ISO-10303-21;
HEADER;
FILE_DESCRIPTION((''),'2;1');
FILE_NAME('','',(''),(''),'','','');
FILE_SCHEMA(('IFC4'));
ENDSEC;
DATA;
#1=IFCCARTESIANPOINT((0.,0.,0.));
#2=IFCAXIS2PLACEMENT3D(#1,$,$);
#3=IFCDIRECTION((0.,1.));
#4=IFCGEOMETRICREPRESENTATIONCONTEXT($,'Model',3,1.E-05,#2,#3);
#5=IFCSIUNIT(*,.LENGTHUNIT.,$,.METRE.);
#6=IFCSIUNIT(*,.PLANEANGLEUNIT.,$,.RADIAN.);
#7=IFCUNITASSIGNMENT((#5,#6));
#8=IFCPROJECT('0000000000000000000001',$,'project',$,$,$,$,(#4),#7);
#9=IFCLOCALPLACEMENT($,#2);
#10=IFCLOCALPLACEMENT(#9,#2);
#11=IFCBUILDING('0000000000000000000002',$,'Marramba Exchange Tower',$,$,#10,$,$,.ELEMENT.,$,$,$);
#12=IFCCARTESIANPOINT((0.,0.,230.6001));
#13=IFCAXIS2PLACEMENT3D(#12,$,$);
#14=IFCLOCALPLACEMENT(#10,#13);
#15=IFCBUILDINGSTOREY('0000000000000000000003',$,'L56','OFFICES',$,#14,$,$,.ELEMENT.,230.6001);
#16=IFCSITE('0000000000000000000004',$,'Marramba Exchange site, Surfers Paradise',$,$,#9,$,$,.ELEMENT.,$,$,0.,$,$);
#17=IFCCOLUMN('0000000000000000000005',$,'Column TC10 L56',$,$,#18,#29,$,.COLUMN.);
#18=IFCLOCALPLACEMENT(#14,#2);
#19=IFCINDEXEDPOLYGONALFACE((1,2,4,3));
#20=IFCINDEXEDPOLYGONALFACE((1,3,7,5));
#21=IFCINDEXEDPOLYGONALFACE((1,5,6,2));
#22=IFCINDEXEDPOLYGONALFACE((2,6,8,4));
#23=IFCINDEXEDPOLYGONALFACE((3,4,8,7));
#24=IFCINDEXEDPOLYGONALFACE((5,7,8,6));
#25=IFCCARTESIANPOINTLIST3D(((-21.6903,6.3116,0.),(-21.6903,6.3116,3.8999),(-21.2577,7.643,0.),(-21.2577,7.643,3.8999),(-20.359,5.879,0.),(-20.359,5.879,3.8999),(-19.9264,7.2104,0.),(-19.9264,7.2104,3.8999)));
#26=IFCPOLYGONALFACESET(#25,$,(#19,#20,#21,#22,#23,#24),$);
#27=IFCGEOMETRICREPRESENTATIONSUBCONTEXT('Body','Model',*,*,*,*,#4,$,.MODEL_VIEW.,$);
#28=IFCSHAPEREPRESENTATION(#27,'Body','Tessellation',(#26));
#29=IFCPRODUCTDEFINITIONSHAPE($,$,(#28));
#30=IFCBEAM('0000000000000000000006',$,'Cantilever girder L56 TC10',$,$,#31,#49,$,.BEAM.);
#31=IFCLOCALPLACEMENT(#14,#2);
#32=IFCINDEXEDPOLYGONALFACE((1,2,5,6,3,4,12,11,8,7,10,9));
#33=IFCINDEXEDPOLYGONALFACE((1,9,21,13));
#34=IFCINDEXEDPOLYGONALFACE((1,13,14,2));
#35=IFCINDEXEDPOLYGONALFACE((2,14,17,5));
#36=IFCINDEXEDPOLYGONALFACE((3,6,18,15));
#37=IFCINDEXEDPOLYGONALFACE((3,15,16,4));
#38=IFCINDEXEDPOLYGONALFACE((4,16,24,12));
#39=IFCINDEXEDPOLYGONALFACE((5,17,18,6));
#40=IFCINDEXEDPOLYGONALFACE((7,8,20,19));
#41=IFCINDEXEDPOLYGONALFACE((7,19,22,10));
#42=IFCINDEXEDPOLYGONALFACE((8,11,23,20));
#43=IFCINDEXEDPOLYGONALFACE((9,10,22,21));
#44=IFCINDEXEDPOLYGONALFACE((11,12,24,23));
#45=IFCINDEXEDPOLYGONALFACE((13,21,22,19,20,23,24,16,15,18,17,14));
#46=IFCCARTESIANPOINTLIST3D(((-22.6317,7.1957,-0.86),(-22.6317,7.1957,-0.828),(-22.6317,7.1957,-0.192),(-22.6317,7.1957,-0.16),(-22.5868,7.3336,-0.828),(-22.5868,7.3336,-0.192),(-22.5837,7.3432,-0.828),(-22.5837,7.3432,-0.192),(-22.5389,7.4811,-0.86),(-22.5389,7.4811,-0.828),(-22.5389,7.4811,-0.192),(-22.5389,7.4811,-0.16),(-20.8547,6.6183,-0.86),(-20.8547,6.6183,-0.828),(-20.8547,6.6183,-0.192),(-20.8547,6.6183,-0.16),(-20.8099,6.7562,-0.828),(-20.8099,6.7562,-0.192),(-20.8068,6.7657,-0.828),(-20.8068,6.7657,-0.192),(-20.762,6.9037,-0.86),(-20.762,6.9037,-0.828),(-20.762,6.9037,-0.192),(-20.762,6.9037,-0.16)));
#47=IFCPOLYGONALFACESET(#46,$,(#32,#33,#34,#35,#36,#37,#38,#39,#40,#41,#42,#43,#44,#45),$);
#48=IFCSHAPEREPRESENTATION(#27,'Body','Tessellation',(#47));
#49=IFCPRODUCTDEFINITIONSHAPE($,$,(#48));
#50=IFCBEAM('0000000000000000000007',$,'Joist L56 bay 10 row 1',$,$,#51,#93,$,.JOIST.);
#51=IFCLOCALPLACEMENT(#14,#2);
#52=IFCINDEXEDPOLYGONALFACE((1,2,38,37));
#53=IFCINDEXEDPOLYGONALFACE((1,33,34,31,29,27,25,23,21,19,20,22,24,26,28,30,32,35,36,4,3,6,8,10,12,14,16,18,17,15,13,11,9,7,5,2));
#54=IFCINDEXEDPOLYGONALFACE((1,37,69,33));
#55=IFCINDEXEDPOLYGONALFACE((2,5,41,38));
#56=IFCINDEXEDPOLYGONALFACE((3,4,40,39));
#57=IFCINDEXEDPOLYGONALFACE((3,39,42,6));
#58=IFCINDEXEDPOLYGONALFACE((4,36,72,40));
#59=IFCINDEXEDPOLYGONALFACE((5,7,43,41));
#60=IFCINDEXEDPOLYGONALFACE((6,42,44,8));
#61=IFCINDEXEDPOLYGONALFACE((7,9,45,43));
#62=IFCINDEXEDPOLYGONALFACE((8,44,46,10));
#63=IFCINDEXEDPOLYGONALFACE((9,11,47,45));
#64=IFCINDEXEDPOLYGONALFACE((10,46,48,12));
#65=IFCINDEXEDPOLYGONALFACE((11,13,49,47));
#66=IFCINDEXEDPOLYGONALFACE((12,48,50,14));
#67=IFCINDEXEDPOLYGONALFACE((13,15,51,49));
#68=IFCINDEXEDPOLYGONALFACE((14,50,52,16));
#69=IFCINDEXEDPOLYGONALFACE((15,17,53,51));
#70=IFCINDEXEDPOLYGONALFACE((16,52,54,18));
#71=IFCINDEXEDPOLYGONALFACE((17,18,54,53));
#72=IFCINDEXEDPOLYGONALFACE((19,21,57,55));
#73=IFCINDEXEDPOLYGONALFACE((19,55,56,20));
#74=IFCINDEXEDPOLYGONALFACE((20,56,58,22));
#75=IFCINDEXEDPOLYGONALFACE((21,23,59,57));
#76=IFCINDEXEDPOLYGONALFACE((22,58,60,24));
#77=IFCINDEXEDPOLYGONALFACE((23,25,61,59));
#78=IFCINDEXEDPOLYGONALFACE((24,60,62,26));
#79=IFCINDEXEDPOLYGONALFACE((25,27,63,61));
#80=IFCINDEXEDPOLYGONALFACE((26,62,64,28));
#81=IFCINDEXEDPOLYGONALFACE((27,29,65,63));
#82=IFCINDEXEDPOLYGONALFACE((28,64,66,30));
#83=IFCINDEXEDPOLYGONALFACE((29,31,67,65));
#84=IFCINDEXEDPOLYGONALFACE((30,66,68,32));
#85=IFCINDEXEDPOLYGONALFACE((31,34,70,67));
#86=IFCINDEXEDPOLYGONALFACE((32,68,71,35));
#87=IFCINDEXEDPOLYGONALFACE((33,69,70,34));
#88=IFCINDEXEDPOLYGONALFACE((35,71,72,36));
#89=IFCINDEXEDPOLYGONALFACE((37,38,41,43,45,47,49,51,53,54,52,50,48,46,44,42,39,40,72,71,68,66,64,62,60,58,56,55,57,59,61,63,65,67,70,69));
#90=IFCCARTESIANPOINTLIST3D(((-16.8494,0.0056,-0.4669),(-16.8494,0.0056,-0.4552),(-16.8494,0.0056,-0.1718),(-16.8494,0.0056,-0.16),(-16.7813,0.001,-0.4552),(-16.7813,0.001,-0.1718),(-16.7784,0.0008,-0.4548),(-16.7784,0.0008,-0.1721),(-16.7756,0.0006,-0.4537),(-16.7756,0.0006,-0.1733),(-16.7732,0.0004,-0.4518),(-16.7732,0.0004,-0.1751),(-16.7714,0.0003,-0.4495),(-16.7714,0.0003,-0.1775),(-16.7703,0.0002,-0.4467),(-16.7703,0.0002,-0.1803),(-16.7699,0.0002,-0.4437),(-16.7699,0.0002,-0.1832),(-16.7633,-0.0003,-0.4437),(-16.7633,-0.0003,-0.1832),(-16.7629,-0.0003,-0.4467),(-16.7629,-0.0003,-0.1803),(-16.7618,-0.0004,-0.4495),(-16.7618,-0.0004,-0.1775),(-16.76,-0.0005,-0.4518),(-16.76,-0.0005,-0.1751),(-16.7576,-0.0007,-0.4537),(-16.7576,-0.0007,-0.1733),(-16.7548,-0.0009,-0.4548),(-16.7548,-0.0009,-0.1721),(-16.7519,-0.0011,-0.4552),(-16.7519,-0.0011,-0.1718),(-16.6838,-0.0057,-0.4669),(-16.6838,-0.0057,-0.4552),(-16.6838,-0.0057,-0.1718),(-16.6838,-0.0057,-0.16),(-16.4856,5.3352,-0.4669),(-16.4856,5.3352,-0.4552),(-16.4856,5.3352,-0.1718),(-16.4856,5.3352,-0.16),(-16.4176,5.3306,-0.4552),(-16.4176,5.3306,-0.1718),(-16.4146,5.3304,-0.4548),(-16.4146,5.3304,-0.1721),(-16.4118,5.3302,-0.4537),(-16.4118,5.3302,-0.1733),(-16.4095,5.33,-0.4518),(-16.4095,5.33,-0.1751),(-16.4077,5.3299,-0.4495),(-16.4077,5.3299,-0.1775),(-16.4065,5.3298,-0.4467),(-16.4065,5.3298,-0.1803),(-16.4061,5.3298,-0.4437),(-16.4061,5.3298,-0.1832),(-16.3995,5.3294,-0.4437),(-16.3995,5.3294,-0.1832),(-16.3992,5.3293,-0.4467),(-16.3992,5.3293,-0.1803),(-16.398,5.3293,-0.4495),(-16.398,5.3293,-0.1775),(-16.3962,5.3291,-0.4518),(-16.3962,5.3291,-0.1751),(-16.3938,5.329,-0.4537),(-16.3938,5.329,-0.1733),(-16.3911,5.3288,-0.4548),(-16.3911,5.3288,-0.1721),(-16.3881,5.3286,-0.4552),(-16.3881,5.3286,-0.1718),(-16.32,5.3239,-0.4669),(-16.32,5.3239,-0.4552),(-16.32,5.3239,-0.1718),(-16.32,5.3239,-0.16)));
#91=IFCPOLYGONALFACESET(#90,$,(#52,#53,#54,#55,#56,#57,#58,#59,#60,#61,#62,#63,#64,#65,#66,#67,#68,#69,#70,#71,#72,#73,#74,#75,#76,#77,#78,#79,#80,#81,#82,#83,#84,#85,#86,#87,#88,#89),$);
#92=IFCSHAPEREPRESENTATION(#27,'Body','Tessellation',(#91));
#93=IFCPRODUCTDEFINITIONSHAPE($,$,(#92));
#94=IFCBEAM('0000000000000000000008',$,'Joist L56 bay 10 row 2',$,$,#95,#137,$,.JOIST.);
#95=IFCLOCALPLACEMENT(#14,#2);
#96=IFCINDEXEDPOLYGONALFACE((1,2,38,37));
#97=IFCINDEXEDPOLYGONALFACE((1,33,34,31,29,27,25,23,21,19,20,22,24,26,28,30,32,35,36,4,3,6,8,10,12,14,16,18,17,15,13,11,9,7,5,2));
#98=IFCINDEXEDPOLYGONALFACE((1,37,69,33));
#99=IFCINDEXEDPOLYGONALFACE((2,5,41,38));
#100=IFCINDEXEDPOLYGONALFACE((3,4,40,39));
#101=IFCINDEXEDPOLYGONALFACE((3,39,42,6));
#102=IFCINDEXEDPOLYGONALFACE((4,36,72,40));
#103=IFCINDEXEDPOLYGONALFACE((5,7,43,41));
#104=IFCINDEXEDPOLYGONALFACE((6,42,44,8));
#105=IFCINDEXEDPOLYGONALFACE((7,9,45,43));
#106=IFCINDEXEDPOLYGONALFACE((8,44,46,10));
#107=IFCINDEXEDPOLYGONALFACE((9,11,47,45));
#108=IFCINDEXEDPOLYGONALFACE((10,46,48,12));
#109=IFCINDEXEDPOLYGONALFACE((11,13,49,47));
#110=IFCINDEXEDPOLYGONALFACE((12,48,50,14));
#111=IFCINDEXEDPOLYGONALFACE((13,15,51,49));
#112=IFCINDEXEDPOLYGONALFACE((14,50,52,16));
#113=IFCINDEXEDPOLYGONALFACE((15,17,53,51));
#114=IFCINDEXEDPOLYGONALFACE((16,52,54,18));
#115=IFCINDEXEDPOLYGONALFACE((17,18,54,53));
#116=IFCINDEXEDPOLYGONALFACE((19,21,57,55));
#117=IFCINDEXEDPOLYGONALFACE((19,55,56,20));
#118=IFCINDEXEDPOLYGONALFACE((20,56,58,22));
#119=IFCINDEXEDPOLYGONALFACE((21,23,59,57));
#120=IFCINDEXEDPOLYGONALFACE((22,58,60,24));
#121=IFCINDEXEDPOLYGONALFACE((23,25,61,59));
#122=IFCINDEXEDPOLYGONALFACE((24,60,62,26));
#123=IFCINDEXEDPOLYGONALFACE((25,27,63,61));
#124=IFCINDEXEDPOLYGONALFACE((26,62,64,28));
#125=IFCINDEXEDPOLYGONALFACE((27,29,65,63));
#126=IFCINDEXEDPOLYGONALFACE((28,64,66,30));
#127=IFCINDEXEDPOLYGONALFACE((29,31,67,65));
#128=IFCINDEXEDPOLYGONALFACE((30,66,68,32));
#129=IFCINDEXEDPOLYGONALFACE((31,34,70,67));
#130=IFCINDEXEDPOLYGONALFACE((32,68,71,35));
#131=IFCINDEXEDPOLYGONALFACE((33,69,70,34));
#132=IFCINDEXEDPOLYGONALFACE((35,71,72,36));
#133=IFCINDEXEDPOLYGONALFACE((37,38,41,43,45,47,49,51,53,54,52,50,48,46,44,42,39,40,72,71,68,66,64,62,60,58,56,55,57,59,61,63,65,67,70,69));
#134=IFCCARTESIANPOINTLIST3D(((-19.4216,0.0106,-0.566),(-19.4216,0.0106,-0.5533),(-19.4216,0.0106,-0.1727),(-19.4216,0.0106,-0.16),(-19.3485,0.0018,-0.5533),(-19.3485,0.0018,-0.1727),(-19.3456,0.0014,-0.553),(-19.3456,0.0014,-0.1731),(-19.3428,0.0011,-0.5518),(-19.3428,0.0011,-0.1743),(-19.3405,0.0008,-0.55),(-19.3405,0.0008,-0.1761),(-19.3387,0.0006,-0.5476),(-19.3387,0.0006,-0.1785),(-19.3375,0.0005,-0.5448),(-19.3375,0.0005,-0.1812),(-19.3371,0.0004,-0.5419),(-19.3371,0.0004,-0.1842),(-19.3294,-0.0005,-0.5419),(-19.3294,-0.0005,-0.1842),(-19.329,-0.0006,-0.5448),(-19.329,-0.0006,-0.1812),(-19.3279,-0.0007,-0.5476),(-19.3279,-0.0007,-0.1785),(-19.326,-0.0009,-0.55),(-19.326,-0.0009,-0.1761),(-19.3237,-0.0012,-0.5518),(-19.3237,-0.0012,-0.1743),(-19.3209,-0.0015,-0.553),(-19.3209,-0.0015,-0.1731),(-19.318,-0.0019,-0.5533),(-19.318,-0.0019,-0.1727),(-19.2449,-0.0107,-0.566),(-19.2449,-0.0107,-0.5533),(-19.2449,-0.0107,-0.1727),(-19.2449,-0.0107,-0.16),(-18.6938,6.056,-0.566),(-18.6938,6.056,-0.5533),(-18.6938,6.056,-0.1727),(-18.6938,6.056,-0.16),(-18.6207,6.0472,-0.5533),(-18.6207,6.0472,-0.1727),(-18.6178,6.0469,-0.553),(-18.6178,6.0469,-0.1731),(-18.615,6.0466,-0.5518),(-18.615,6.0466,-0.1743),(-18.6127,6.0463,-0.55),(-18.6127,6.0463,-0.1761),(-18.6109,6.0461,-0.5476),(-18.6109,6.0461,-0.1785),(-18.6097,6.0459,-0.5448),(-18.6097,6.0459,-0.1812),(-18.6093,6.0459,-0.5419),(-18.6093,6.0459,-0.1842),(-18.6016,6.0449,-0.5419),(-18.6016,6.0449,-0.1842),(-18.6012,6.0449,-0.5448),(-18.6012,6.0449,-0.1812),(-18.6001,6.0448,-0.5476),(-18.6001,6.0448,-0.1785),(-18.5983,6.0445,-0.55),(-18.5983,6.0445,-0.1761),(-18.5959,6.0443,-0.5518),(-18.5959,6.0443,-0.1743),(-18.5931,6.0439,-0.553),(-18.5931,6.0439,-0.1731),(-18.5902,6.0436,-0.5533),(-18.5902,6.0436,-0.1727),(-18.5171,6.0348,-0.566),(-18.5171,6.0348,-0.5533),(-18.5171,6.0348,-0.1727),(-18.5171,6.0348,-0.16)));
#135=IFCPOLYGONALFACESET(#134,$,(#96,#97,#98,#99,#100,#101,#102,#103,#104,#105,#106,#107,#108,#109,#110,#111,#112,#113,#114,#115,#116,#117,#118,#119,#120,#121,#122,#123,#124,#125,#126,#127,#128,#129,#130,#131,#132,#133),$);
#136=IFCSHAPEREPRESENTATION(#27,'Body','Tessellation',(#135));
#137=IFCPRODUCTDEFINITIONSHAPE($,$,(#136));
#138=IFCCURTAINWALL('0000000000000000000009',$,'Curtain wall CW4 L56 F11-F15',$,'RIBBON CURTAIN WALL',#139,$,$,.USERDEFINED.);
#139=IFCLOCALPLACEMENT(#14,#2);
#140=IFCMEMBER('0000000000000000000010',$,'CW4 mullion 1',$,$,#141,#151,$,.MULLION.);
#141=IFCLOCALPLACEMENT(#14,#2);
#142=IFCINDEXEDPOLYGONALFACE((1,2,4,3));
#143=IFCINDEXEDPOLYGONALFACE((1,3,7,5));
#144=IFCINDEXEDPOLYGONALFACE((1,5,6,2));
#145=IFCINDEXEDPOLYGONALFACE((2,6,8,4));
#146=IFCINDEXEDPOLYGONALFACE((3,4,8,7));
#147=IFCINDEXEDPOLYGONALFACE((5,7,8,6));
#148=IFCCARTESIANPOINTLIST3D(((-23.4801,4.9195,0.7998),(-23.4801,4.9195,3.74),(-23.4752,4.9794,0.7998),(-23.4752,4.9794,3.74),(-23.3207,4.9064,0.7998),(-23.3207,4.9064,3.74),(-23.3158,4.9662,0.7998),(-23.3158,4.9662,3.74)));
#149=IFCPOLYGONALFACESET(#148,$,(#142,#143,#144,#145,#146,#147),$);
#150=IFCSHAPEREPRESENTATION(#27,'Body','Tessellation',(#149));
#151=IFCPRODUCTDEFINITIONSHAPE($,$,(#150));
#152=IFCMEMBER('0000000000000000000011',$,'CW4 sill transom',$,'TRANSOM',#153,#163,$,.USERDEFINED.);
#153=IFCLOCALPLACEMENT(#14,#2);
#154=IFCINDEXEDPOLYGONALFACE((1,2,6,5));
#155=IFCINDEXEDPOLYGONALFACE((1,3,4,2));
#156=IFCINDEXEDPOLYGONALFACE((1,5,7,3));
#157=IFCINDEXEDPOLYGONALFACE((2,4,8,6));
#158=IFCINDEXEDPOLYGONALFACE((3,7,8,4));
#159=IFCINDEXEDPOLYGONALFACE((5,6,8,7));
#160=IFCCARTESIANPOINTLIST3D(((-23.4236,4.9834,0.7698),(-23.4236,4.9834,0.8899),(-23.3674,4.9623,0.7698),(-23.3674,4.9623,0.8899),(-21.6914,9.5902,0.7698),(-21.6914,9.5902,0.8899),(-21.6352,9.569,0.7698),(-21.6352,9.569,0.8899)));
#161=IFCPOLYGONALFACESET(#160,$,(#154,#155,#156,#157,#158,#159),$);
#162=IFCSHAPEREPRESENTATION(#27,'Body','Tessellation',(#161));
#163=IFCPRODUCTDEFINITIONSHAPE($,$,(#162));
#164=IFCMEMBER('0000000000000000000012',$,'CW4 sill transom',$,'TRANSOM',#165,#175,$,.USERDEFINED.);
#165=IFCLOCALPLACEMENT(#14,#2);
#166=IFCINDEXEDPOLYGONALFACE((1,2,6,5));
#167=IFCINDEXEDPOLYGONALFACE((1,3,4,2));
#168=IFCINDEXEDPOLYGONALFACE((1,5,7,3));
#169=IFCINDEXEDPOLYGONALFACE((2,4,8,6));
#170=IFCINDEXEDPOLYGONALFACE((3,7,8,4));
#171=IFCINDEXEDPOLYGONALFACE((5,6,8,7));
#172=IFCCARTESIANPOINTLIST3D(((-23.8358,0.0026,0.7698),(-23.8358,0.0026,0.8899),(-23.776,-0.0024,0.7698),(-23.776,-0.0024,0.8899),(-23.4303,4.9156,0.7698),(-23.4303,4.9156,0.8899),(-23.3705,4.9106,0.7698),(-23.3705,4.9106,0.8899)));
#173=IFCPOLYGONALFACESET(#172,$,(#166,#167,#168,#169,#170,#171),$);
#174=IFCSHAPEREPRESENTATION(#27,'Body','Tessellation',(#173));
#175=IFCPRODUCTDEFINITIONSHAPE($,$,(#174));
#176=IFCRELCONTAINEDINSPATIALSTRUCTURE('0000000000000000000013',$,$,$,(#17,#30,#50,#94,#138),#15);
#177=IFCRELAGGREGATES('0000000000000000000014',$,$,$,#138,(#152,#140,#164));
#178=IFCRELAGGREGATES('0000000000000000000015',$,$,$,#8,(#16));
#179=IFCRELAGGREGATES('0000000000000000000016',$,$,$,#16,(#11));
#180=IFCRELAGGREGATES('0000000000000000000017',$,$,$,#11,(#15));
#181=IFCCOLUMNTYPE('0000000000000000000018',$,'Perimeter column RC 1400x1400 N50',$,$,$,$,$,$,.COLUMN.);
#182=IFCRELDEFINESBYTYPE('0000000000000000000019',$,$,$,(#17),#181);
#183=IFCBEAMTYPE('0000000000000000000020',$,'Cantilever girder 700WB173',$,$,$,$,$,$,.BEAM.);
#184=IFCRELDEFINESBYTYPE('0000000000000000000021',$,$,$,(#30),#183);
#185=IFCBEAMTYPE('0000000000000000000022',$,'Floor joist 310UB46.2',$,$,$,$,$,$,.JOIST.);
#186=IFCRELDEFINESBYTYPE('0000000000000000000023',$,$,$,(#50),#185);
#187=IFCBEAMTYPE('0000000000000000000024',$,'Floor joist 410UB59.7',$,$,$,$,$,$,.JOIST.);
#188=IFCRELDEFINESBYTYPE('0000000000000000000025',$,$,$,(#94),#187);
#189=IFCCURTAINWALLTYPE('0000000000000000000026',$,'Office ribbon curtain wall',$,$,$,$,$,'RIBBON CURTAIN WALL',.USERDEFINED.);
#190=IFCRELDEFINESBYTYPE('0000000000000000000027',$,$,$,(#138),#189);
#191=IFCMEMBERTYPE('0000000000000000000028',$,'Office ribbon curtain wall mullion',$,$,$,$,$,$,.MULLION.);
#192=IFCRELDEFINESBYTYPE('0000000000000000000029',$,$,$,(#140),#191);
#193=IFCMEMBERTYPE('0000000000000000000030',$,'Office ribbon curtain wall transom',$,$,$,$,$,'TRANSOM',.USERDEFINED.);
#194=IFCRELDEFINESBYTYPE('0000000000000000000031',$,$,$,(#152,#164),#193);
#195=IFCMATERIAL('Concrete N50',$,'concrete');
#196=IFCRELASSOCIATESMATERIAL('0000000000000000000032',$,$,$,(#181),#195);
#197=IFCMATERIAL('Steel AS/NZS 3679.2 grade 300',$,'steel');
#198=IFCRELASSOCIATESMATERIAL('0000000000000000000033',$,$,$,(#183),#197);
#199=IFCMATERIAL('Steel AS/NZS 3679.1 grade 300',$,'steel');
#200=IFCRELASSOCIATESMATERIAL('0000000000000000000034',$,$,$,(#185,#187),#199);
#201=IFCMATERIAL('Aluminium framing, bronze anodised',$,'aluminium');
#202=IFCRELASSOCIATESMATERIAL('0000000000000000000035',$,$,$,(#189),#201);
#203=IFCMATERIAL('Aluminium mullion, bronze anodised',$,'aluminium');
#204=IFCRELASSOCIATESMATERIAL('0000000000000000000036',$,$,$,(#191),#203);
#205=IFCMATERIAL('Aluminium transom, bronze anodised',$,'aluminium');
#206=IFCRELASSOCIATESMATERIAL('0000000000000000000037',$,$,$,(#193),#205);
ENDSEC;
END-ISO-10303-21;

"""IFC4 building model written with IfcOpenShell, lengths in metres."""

from ifc_helpers import new_model, si_unit, direction, frame, origin, origin_2d, place, context, subcontext, project, spatial, rectangle, i_section, extrude, material, material_profile, profile_set, type_object, element, aggregate, save


model = new_model("IFC4")

# Units and contexts
model_context = context("Model", 3, precision=1e-05, world=origin(), true_north=direction((0.0, 1.0)))
body_context = subcontext(model_context, "Body", "Model", "MODEL_VIEW")
ifc_project = project(units=[si_unit("LENGTHUNIT", "METRE"), si_unit("PLANEANGLEUNIT", "RADIAN")], contexts=[model_context])

# Site, building, storey
site_placement = place(None, origin())
site = spatial("IfcSite", under=ifc_project, at=site_placement, Name="Marramba Exchange site, Surfers Paradise", CompositionType="ELEMENT", RefElevation=0.0)
building_placement = place(site_placement, origin())
building = spatial("IfcBuilding", under=site, at=building_placement, Name="Marramba Exchange Tower", CompositionType="ELEMENT")
storey_placement = place(building_placement, frame((0.0, 0.0, 230.6001)))
storey = spatial("IfcBuildingStorey", under=building, at=storey_placement, Name="L56", Description="OFFICES", CompositionType="ELEMENT", Elevation=230.6001)

# Column
ifc_material_1 = material(Name="Concrete N50", Category="concrete")
ifc_material_profile_1 = material_profile(ifc_material_1, rectangle(XDim=1.3999, YDim=1.3999, at=origin_2d()), Name="RC 1400x1400")
ifc_profile_set_1 = profile_set([ifc_material_profile_1], Name="Concrete N50")
column_type = type_object("IfcColumnType", Name="Perimeter column RC 1400x1400 N50", PredefinedType="COLUMN", material=ifc_profile_set_1)
column_placement = place(storey_placement, frame((-20.8083, 6.761, 0.0), z_axis=(0.0, 0.0, 1.0), x_axis=(-0.951057, 0.309017, 0.0)))
element("IfcColumn", 1, at=column_placement, inside=storey, type_object=column_type, Name="Column TC10 L56", PredefinedType="COLUMN", context=body_context, shape_type="SweptSolid", body=[
    extrude(rectangle(XDim=1.3999, YDim=1.3999, at=origin_2d()), origin(), (0.0, 0.0, 1.0), 3.8999),
])

# Beams
ifc_material_2 = material(Name="Steel AS/NZS 3679.2 grade 300", Category="steel")
ifc_material_profile_2 = material_profile(ifc_material_2, i_section(OverallWidth=0.3, OverallDepth=0.7, WebThickness=0.01, FlangeThickness=0.032, at=origin_2d()), Name="700WB173")
ifc_profile_set_2 = profile_set([ifc_material_profile_2], Name="Steel AS/NZS 3679.2 grade 300")
beam_type_1 = type_object("IfcBeamType", Name="Cantilever girder 700WB173", PredefinedType="BEAM", material=ifc_profile_set_2)
beam_1_placement = place(storey_placement, frame((-20.8083, 6.761, -0.51), z_axis=(-0.951048, 0.309045, 0.0), x_axis=(-0.309045, -0.951048, 0.0)))
element("IfcBeam", 2, at=beam_1_placement, inside=storey, type_object=beam_type_1, Name="Cantilever girder L56 TC10", PredefinedType="BEAM", context=body_context, shape_type="SweptSolid", body=[
    extrude(i_section(OverallWidth=0.3, OverallDepth=0.7, WebThickness=0.01, FlangeThickness=0.032, at=origin_2d()), origin(), (0.0, 0.0, 1.0), 1.8684),
])
ifc_material_3 = material(Name="Steel AS/NZS 3679.1 grade 300", Category="steel")
ifc_material_profile_3 = material_profile(ifc_material_3, i_section(OverallWidth=0.166, OverallDepth=0.3069, WebThickness=0.0066, FlangeThickness=0.0117, FilletRadius=0.0115, at=origin_2d()), Name="310UB46.2")
ifc_profile_set_3 = profile_set([ifc_material_profile_3], Name="Steel AS/NZS 3679.1 grade 300")
beam_type_2 = type_object("IfcBeamType", Name="Floor joist 310UB46.2", PredefinedType="JOIST", material=ifc_profile_set_3)
beam_2_placement = place(storey_placement, frame((-16.4028, 5.3296, -0.3135), z_axis=(-0.068096, -0.997679, 0.0), x_axis=(0.997679, -0.068096, 0.0)))
element("IfcBeam", 3, at=beam_2_placement, inside=storey, type_object=beam_type_2, Name="Joist L56 bay 10 row 1", PredefinedType="JOIST", context=body_context, shape_type="SweptSolid", body=[
    extrude(i_section(OverallWidth=0.166, OverallDepth=0.3069, WebThickness=0.0066, FlangeThickness=0.0117, FilletRadius=0.0115, at=origin_2d()), origin(), (0.0, 0.0, 1.0), 5.342),
])
ifc_material_profile_4 = material_profile(ifc_material_3, i_section(OverallWidth=0.178, OverallDepth=0.406, WebThickness=0.0078, FlangeThickness=0.0127, FilletRadius=0.0115, at=origin_2d()), Name="410UB59.7")
ifc_profile_set_4 = profile_set([ifc_material_profile_4], Name="Steel AS/NZS 3679.1 grade 300")
beam_type_3 = type_object("IfcBeamType", Name="Floor joist 410UB59.7", PredefinedType="JOIST", material=ifc_profile_set_4)
beam_3_placement = place(storey_placement, frame((-18.6055, 6.0454, -0.363), z_axis=(-0.119523, -0.992831, 0.0), x_axis=(0.992831, -0.119523, 0.0)))
element("IfcBeam", 4, at=beam_3_placement, inside=storey, type_object=beam_type_3, Name="Joist L56 bay 10 row 2", PredefinedType="JOIST", context=body_context, shape_type="SweptSolid", body=[
    extrude(i_section(OverallWidth=0.178, OverallDepth=0.406, WebThickness=0.0078, FlangeThickness=0.0127, FilletRadius=0.0115, at=origin_2d()), origin(), (0.0, 0.0, 1.0), 6.0891),
])

# Curtain wall, members
ifc_material_4 = material(Name="Aluminium framing, bronze anodised", Category="aluminium")
curtain_wall_type = type_object("IfcCurtainWallType", Name="Office ribbon curtain wall", ElementType="RIBBON CURTAIN WALL", PredefinedType="USERDEFINED", material=ifc_material_4)
curtain_wall_placement = place(storey_placement, origin())
curtain_wall = element("IfcCurtainWall", 5, at=curtain_wall_placement, inside=storey, type_object=curtain_wall_type, Name="Curtain wall CW4 L56 F11-F15", ObjectType="RIBBON CURTAIN WALL", PredefinedType="USERDEFINED")
ifc_material_5 = material(Name="Aluminium mullion, bronze anodised", Category="aluminium")
ifc_material_profile_5 = material_profile(ifc_material_5, rectangle(XDim=0.1599, YDim=0.0601, at=origin_2d()), Name="CW4 mullion 60x160")
ifc_profile_set_5 = profile_set([ifc_material_profile_5], Name="Aluminium mullion, bronze anodised")
member_type_1 = type_object("IfcMemberType", Name="Office ribbon curtain wall mullion", PredefinedType="MULLION", material=ifc_profile_set_5)
member_1_placement = place(storey_placement, frame((-23.3979, 4.9429, 0.7998), z_axis=(0.0, 0.0, 1.0), x_axis=(0.996609, -0.082281, 0.0)))
member_1 = element("IfcMember", 6, at=member_1_placement, type_object=member_type_1, Name="CW4 mullion 1", PredefinedType="MULLION", context=body_context, shape_type="SweptSolid", body=[
    extrude(rectangle(XDim=0.1599, YDim=0.0601, at=origin_2d()), origin(), (0.0, 0.0, 1.0), 2.9402),
])
ifc_material_6 = material(Name="Aluminium transom, bronze anodised", Category="aluminium")
ifc_material_profile_6 = material_profile(ifc_material_6, rectangle(XDim=0.0601, YDim=0.1201, at=origin_2d()), Name="CW4 transom 60x120")
ifc_profile_set_6 = profile_set([ifc_material_profile_6], Name="Aluminium transom, bronze anodised")
member_type_2 = type_object("IfcMemberType", Name="Office ribbon curtain wall transom", ElementType="TRANSOM", PredefinedType="USERDEFINED", material=ifc_profile_set_6)
member_2_placement = place(storey_placement, frame((-21.6633, 9.5796, 0.8298), z_axis=(-0.351955, -0.936017, 0.0), x_axis=(0.936017, -0.351955, 0.0)))
member_2 = element("IfcMember", 7, at=member_2_placement, type_object=member_type_2, Name="CW4 sill transom", ObjectType="TRANSOM", PredefinedType="USERDEFINED", context=body_context, shape_type="SweptSolid", body=[
    extrude(rectangle(XDim=0.0601, YDim=0.1201, at=origin_2d()), origin(), (0.0, 0.0, 1.0), 4.9216),
])
member_3_placement = place(storey_placement, frame((-23.4004, 4.9131, 0.8298), z_axis=(-0.082259, -0.996611, 0.0), x_axis=(0.996611, -0.082259, 0.0)))
member_3 = element("IfcMember", 8, at=member_3_placement, type_object=member_type_2, Name="CW4 sill transom", ObjectType="TRANSOM", PredefinedType="USERDEFINED", context=body_context, shape_type="SweptSolid", body=[
    extrude(rectangle(XDim=0.0601, YDim=0.1201, at=origin_2d()), origin(), (0.0, 0.0, 1.0), 4.9297),
])

aggregate(curtain_wall, [member_2, member_1, member_3])

save(model, "model.ifc")
